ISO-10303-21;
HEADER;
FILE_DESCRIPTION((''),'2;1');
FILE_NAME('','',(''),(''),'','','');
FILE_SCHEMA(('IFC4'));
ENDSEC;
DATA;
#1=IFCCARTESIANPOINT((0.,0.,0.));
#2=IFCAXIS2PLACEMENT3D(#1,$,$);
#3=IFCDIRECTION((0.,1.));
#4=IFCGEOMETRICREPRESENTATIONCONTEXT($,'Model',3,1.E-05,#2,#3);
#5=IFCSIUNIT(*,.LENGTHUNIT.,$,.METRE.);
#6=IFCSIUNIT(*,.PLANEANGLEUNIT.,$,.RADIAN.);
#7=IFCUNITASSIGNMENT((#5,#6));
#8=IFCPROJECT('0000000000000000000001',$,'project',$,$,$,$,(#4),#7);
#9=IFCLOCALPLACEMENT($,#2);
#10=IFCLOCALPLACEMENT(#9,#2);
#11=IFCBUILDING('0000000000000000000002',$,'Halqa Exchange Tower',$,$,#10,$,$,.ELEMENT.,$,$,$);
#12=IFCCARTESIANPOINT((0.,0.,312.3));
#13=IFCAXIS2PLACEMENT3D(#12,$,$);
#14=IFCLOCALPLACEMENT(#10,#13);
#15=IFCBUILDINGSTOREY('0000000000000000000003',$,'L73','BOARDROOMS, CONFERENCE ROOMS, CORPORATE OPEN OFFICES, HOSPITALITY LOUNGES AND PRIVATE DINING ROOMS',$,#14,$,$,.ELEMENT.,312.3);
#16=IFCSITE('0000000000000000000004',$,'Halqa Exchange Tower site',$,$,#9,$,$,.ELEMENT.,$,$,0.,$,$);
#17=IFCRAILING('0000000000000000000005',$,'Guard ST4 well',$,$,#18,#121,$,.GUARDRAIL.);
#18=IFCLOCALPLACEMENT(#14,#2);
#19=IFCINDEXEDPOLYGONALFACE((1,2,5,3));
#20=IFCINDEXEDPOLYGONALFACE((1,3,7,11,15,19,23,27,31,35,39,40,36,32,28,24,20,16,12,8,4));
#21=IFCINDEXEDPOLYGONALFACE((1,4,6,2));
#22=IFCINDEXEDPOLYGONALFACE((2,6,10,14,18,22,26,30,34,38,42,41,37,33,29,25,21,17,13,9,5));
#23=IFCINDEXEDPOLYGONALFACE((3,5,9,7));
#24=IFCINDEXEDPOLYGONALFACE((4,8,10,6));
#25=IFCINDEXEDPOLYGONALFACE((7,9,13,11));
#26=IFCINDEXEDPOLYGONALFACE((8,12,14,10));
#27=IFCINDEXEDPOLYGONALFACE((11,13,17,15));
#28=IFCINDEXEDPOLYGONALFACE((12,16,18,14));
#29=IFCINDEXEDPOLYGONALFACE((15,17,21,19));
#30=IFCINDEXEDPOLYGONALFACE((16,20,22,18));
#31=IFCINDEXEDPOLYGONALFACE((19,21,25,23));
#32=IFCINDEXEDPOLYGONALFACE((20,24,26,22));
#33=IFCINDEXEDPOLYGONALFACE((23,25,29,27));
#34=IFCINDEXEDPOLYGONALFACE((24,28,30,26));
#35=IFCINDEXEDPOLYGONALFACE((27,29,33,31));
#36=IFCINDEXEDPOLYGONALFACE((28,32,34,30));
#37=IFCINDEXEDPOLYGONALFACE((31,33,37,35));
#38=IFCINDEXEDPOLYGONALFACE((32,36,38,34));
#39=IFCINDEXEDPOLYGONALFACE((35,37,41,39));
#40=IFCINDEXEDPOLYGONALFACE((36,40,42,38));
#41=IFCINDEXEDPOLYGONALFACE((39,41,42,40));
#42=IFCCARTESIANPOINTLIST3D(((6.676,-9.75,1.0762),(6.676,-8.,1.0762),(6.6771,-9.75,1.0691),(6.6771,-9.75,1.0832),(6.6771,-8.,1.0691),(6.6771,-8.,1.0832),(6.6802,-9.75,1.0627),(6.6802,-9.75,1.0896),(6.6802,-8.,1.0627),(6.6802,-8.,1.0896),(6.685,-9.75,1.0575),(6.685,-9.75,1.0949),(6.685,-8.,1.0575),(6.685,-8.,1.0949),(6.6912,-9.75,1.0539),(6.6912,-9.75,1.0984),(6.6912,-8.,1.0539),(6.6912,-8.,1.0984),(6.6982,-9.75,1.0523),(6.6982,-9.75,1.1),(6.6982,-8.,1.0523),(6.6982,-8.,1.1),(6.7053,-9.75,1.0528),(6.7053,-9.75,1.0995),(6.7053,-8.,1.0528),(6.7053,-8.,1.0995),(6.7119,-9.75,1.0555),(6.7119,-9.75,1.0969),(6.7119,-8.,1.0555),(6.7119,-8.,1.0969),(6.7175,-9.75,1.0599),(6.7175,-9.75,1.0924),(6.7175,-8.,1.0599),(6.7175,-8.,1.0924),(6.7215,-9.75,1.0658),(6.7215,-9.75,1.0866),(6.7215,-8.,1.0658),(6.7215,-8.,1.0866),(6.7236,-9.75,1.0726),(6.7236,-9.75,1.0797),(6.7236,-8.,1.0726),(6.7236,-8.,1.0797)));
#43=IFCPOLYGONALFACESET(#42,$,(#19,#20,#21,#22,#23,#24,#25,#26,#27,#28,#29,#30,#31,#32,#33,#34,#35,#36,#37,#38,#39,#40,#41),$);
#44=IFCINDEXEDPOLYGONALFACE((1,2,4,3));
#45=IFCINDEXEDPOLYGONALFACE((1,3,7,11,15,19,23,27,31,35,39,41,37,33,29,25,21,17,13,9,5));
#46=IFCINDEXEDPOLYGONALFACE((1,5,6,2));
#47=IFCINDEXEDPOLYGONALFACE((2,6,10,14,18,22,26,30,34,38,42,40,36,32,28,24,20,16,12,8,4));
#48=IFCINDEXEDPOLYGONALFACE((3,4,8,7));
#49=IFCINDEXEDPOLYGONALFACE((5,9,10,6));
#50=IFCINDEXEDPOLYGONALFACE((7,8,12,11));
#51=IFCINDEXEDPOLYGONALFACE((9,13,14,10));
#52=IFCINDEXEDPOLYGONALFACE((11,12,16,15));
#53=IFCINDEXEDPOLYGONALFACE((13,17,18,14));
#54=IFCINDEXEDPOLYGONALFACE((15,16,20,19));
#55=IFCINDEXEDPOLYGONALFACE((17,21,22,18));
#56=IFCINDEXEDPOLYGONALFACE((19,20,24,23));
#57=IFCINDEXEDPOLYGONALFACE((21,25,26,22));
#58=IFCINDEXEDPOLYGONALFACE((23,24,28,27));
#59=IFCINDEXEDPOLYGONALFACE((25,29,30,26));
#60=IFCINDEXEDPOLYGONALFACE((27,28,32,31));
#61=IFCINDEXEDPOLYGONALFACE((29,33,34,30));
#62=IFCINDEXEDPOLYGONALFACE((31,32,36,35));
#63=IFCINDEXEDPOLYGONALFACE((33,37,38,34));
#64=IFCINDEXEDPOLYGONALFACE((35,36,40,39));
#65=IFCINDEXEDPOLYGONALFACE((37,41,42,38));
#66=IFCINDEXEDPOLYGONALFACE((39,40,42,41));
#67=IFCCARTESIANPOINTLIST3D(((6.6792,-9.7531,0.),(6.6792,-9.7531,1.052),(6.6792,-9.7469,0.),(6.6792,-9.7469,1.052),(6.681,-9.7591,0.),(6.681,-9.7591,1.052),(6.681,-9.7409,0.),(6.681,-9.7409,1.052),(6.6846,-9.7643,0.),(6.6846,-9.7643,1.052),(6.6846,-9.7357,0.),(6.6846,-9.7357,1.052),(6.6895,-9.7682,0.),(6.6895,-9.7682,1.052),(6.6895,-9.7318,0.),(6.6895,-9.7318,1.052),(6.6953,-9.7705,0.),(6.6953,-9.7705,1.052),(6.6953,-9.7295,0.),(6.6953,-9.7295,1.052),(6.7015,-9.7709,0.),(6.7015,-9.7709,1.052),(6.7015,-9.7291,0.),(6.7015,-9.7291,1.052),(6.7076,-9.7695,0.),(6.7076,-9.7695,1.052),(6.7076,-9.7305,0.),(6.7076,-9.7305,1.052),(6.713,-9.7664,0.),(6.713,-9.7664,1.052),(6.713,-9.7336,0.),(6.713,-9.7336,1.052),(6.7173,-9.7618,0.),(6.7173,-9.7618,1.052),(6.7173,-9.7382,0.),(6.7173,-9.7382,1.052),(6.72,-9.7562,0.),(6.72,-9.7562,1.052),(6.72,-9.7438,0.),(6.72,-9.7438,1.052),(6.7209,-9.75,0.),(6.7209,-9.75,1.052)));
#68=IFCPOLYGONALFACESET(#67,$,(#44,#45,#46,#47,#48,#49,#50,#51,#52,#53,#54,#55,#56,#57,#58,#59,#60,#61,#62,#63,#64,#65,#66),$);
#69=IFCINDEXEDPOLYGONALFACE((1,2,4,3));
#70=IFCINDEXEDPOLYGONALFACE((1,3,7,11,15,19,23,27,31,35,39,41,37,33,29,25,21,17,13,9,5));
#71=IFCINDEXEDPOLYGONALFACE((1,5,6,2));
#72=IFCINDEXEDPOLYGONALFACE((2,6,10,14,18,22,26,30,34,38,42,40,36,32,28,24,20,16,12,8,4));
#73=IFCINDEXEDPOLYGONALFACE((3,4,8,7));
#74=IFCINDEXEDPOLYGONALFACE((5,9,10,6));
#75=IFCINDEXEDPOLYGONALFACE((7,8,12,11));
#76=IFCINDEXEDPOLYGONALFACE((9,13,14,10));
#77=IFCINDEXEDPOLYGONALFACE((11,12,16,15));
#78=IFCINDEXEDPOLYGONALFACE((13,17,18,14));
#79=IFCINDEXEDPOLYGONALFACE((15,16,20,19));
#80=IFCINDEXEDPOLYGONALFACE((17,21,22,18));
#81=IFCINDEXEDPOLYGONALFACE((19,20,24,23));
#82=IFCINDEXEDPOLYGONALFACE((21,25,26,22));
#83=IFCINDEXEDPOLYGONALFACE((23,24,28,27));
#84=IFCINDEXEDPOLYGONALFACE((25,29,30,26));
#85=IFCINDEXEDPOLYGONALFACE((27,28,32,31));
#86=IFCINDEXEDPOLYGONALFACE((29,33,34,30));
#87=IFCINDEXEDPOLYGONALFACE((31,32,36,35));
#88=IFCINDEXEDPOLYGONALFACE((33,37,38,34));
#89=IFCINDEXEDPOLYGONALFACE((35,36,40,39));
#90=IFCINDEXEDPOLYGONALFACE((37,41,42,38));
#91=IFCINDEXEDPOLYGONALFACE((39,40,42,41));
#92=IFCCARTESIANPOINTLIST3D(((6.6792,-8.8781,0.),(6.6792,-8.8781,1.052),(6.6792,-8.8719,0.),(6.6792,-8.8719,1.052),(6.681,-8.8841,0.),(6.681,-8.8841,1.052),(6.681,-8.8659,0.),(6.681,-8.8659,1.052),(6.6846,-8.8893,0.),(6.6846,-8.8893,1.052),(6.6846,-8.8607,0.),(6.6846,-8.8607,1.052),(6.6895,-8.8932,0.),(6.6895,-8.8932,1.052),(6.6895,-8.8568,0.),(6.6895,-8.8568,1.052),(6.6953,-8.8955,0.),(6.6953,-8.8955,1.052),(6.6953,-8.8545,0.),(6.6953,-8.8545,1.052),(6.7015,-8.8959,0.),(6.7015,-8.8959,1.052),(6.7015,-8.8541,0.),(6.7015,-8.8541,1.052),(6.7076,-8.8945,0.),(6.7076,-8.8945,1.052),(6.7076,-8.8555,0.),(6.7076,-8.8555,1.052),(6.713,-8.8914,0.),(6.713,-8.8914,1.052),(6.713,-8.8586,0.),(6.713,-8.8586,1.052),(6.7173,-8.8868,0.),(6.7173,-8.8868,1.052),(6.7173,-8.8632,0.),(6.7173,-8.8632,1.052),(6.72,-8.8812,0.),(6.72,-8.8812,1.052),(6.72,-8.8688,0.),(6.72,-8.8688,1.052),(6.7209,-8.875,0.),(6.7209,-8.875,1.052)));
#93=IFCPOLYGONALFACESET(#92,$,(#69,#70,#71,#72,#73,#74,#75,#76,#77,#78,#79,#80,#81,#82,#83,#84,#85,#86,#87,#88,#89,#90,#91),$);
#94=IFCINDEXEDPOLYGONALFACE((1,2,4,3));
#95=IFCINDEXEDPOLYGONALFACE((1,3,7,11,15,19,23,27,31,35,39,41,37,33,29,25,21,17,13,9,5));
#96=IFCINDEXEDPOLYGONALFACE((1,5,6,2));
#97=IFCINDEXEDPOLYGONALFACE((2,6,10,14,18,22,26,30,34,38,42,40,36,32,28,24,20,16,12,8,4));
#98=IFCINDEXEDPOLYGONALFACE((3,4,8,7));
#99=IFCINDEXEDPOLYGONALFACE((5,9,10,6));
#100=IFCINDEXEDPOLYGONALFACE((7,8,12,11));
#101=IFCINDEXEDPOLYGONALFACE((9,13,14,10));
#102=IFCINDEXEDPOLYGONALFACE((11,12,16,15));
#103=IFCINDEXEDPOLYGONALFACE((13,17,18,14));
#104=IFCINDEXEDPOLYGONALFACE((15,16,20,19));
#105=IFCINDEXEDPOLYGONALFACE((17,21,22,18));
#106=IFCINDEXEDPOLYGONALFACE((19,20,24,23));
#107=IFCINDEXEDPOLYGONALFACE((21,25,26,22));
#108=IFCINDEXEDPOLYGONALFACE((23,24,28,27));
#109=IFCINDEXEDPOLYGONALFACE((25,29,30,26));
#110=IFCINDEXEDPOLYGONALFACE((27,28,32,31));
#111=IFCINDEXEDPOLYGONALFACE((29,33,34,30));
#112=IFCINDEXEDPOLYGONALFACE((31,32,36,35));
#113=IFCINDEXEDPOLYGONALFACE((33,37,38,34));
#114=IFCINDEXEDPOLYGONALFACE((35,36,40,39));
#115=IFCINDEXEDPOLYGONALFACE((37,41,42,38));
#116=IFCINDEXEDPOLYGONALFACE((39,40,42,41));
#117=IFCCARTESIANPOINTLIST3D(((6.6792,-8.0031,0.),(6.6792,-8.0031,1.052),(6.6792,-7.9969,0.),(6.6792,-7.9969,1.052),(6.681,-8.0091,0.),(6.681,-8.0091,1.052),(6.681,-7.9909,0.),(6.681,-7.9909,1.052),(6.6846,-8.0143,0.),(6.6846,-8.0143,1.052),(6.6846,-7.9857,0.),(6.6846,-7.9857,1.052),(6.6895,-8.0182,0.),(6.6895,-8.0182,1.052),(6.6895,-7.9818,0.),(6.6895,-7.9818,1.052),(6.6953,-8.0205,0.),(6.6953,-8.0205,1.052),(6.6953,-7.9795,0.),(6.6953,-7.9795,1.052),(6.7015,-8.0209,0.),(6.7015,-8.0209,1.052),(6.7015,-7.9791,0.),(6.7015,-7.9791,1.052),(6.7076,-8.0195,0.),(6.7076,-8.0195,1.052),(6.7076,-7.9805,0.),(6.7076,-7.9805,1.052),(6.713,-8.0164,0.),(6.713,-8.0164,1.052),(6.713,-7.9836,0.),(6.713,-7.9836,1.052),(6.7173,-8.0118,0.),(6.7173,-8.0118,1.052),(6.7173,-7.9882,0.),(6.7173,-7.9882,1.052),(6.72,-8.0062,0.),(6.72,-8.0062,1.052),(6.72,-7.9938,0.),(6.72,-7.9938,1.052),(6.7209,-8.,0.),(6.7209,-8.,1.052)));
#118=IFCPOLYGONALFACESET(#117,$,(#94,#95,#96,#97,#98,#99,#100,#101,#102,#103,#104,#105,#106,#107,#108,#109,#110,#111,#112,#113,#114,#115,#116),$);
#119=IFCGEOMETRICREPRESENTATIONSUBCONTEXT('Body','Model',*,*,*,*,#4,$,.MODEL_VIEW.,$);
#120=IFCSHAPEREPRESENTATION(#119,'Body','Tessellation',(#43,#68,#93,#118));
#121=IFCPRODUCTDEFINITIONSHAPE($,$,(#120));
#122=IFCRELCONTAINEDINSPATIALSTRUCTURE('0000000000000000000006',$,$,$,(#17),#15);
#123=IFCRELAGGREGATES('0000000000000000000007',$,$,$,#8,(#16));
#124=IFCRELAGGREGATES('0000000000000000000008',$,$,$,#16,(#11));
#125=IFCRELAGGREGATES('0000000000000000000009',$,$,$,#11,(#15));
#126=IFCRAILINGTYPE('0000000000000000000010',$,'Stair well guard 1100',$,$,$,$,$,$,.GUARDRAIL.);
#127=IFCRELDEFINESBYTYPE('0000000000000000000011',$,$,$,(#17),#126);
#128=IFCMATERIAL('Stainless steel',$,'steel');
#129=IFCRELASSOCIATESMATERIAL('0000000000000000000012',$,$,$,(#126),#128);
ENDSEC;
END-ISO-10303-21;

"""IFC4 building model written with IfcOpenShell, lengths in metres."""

from ifc_helpers import new_model, si_unit, direction, frame, origin, origin_2d, place, context, subcontext, project, spatial, circle, extrude, material, type_object, element, save


model = new_model("IFC4")

# Units and contexts
model_context = context("Model", 3, precision=1e-05, world=origin(), true_north=direction((0.0, 1.0)))
body_context = subcontext(model_context, "Body", "Model", "MODEL_VIEW")
ifc_project = project(units=[si_unit("LENGTHUNIT", "METRE"), si_unit("PLANEANGLEUNIT", "RADIAN")], contexts=[model_context])

# Site, building, storey
site_placement = place(None, origin())
site = spatial("IfcSite", under=ifc_project, at=site_placement, Name="Halqa Exchange Tower site", CompositionType="ELEMENT", RefElevation=0.0)
building_placement = place(site_placement, origin())
building = spatial("IfcBuilding", under=site, at=building_placement, Name="Halqa Exchange Tower", CompositionType="ELEMENT")
storey_placement = place(building_placement, frame((0.0, 0.0, 312.3)))
storey = spatial("IfcBuildingStorey", under=building, at=storey_placement, Name="L73", Description="BOARDROOMS, CONFERENCE ROOMS, CORPORATE OPEN OFFICES, HOSPITALITY LOUNGES AND PRIVATE DINING ROOMS", CompositionType="ELEMENT", Elevation=312.3)

# Railing
ifc_material_1 = material(Name="Stainless steel", Category="steel")
railing_type_1 = type_object("IfcRailingType", Name="Stair well guard 1100", PredefinedType="GUARDRAIL", material=ifc_material_1)
railing_1_placement = place(storey_placement, frame((6.7, -9.75, 0.0)))
element("IfcRailing", 1, at=railing_1_placement, inside=storey, type_object=railing_type_1, Name="Guard ST4 well", PredefinedType="GUARDRAIL", context=body_context, shape_type="SweptSolid", body=[
    extrude(circle(Radius=0.0239, at=origin_2d()), frame((0.0, 0.0, 1.0762), z_axis=(0.0, 1.0, 0.0), x_axis=(-1.0, 0.0, 0.0)), (0.0, 0.0, 1.0), 1.75),
    extrude(circle(Radius=0.021, at=origin_2d()), origin(), (0.0, 0.0, 1.0), 1.052),
    extrude(circle(Radius=0.021, at=origin_2d()), frame((0.0, 0.875, 0.0)), (0.0, 0.0, 1.0), 1.052),
    extrude(circle(Radius=0.021, at=origin_2d()), frame((0.0, 1.75, 0.0)), (0.0, 0.0, 1.0), 1.052),
])

save(model, "model.ifc")
